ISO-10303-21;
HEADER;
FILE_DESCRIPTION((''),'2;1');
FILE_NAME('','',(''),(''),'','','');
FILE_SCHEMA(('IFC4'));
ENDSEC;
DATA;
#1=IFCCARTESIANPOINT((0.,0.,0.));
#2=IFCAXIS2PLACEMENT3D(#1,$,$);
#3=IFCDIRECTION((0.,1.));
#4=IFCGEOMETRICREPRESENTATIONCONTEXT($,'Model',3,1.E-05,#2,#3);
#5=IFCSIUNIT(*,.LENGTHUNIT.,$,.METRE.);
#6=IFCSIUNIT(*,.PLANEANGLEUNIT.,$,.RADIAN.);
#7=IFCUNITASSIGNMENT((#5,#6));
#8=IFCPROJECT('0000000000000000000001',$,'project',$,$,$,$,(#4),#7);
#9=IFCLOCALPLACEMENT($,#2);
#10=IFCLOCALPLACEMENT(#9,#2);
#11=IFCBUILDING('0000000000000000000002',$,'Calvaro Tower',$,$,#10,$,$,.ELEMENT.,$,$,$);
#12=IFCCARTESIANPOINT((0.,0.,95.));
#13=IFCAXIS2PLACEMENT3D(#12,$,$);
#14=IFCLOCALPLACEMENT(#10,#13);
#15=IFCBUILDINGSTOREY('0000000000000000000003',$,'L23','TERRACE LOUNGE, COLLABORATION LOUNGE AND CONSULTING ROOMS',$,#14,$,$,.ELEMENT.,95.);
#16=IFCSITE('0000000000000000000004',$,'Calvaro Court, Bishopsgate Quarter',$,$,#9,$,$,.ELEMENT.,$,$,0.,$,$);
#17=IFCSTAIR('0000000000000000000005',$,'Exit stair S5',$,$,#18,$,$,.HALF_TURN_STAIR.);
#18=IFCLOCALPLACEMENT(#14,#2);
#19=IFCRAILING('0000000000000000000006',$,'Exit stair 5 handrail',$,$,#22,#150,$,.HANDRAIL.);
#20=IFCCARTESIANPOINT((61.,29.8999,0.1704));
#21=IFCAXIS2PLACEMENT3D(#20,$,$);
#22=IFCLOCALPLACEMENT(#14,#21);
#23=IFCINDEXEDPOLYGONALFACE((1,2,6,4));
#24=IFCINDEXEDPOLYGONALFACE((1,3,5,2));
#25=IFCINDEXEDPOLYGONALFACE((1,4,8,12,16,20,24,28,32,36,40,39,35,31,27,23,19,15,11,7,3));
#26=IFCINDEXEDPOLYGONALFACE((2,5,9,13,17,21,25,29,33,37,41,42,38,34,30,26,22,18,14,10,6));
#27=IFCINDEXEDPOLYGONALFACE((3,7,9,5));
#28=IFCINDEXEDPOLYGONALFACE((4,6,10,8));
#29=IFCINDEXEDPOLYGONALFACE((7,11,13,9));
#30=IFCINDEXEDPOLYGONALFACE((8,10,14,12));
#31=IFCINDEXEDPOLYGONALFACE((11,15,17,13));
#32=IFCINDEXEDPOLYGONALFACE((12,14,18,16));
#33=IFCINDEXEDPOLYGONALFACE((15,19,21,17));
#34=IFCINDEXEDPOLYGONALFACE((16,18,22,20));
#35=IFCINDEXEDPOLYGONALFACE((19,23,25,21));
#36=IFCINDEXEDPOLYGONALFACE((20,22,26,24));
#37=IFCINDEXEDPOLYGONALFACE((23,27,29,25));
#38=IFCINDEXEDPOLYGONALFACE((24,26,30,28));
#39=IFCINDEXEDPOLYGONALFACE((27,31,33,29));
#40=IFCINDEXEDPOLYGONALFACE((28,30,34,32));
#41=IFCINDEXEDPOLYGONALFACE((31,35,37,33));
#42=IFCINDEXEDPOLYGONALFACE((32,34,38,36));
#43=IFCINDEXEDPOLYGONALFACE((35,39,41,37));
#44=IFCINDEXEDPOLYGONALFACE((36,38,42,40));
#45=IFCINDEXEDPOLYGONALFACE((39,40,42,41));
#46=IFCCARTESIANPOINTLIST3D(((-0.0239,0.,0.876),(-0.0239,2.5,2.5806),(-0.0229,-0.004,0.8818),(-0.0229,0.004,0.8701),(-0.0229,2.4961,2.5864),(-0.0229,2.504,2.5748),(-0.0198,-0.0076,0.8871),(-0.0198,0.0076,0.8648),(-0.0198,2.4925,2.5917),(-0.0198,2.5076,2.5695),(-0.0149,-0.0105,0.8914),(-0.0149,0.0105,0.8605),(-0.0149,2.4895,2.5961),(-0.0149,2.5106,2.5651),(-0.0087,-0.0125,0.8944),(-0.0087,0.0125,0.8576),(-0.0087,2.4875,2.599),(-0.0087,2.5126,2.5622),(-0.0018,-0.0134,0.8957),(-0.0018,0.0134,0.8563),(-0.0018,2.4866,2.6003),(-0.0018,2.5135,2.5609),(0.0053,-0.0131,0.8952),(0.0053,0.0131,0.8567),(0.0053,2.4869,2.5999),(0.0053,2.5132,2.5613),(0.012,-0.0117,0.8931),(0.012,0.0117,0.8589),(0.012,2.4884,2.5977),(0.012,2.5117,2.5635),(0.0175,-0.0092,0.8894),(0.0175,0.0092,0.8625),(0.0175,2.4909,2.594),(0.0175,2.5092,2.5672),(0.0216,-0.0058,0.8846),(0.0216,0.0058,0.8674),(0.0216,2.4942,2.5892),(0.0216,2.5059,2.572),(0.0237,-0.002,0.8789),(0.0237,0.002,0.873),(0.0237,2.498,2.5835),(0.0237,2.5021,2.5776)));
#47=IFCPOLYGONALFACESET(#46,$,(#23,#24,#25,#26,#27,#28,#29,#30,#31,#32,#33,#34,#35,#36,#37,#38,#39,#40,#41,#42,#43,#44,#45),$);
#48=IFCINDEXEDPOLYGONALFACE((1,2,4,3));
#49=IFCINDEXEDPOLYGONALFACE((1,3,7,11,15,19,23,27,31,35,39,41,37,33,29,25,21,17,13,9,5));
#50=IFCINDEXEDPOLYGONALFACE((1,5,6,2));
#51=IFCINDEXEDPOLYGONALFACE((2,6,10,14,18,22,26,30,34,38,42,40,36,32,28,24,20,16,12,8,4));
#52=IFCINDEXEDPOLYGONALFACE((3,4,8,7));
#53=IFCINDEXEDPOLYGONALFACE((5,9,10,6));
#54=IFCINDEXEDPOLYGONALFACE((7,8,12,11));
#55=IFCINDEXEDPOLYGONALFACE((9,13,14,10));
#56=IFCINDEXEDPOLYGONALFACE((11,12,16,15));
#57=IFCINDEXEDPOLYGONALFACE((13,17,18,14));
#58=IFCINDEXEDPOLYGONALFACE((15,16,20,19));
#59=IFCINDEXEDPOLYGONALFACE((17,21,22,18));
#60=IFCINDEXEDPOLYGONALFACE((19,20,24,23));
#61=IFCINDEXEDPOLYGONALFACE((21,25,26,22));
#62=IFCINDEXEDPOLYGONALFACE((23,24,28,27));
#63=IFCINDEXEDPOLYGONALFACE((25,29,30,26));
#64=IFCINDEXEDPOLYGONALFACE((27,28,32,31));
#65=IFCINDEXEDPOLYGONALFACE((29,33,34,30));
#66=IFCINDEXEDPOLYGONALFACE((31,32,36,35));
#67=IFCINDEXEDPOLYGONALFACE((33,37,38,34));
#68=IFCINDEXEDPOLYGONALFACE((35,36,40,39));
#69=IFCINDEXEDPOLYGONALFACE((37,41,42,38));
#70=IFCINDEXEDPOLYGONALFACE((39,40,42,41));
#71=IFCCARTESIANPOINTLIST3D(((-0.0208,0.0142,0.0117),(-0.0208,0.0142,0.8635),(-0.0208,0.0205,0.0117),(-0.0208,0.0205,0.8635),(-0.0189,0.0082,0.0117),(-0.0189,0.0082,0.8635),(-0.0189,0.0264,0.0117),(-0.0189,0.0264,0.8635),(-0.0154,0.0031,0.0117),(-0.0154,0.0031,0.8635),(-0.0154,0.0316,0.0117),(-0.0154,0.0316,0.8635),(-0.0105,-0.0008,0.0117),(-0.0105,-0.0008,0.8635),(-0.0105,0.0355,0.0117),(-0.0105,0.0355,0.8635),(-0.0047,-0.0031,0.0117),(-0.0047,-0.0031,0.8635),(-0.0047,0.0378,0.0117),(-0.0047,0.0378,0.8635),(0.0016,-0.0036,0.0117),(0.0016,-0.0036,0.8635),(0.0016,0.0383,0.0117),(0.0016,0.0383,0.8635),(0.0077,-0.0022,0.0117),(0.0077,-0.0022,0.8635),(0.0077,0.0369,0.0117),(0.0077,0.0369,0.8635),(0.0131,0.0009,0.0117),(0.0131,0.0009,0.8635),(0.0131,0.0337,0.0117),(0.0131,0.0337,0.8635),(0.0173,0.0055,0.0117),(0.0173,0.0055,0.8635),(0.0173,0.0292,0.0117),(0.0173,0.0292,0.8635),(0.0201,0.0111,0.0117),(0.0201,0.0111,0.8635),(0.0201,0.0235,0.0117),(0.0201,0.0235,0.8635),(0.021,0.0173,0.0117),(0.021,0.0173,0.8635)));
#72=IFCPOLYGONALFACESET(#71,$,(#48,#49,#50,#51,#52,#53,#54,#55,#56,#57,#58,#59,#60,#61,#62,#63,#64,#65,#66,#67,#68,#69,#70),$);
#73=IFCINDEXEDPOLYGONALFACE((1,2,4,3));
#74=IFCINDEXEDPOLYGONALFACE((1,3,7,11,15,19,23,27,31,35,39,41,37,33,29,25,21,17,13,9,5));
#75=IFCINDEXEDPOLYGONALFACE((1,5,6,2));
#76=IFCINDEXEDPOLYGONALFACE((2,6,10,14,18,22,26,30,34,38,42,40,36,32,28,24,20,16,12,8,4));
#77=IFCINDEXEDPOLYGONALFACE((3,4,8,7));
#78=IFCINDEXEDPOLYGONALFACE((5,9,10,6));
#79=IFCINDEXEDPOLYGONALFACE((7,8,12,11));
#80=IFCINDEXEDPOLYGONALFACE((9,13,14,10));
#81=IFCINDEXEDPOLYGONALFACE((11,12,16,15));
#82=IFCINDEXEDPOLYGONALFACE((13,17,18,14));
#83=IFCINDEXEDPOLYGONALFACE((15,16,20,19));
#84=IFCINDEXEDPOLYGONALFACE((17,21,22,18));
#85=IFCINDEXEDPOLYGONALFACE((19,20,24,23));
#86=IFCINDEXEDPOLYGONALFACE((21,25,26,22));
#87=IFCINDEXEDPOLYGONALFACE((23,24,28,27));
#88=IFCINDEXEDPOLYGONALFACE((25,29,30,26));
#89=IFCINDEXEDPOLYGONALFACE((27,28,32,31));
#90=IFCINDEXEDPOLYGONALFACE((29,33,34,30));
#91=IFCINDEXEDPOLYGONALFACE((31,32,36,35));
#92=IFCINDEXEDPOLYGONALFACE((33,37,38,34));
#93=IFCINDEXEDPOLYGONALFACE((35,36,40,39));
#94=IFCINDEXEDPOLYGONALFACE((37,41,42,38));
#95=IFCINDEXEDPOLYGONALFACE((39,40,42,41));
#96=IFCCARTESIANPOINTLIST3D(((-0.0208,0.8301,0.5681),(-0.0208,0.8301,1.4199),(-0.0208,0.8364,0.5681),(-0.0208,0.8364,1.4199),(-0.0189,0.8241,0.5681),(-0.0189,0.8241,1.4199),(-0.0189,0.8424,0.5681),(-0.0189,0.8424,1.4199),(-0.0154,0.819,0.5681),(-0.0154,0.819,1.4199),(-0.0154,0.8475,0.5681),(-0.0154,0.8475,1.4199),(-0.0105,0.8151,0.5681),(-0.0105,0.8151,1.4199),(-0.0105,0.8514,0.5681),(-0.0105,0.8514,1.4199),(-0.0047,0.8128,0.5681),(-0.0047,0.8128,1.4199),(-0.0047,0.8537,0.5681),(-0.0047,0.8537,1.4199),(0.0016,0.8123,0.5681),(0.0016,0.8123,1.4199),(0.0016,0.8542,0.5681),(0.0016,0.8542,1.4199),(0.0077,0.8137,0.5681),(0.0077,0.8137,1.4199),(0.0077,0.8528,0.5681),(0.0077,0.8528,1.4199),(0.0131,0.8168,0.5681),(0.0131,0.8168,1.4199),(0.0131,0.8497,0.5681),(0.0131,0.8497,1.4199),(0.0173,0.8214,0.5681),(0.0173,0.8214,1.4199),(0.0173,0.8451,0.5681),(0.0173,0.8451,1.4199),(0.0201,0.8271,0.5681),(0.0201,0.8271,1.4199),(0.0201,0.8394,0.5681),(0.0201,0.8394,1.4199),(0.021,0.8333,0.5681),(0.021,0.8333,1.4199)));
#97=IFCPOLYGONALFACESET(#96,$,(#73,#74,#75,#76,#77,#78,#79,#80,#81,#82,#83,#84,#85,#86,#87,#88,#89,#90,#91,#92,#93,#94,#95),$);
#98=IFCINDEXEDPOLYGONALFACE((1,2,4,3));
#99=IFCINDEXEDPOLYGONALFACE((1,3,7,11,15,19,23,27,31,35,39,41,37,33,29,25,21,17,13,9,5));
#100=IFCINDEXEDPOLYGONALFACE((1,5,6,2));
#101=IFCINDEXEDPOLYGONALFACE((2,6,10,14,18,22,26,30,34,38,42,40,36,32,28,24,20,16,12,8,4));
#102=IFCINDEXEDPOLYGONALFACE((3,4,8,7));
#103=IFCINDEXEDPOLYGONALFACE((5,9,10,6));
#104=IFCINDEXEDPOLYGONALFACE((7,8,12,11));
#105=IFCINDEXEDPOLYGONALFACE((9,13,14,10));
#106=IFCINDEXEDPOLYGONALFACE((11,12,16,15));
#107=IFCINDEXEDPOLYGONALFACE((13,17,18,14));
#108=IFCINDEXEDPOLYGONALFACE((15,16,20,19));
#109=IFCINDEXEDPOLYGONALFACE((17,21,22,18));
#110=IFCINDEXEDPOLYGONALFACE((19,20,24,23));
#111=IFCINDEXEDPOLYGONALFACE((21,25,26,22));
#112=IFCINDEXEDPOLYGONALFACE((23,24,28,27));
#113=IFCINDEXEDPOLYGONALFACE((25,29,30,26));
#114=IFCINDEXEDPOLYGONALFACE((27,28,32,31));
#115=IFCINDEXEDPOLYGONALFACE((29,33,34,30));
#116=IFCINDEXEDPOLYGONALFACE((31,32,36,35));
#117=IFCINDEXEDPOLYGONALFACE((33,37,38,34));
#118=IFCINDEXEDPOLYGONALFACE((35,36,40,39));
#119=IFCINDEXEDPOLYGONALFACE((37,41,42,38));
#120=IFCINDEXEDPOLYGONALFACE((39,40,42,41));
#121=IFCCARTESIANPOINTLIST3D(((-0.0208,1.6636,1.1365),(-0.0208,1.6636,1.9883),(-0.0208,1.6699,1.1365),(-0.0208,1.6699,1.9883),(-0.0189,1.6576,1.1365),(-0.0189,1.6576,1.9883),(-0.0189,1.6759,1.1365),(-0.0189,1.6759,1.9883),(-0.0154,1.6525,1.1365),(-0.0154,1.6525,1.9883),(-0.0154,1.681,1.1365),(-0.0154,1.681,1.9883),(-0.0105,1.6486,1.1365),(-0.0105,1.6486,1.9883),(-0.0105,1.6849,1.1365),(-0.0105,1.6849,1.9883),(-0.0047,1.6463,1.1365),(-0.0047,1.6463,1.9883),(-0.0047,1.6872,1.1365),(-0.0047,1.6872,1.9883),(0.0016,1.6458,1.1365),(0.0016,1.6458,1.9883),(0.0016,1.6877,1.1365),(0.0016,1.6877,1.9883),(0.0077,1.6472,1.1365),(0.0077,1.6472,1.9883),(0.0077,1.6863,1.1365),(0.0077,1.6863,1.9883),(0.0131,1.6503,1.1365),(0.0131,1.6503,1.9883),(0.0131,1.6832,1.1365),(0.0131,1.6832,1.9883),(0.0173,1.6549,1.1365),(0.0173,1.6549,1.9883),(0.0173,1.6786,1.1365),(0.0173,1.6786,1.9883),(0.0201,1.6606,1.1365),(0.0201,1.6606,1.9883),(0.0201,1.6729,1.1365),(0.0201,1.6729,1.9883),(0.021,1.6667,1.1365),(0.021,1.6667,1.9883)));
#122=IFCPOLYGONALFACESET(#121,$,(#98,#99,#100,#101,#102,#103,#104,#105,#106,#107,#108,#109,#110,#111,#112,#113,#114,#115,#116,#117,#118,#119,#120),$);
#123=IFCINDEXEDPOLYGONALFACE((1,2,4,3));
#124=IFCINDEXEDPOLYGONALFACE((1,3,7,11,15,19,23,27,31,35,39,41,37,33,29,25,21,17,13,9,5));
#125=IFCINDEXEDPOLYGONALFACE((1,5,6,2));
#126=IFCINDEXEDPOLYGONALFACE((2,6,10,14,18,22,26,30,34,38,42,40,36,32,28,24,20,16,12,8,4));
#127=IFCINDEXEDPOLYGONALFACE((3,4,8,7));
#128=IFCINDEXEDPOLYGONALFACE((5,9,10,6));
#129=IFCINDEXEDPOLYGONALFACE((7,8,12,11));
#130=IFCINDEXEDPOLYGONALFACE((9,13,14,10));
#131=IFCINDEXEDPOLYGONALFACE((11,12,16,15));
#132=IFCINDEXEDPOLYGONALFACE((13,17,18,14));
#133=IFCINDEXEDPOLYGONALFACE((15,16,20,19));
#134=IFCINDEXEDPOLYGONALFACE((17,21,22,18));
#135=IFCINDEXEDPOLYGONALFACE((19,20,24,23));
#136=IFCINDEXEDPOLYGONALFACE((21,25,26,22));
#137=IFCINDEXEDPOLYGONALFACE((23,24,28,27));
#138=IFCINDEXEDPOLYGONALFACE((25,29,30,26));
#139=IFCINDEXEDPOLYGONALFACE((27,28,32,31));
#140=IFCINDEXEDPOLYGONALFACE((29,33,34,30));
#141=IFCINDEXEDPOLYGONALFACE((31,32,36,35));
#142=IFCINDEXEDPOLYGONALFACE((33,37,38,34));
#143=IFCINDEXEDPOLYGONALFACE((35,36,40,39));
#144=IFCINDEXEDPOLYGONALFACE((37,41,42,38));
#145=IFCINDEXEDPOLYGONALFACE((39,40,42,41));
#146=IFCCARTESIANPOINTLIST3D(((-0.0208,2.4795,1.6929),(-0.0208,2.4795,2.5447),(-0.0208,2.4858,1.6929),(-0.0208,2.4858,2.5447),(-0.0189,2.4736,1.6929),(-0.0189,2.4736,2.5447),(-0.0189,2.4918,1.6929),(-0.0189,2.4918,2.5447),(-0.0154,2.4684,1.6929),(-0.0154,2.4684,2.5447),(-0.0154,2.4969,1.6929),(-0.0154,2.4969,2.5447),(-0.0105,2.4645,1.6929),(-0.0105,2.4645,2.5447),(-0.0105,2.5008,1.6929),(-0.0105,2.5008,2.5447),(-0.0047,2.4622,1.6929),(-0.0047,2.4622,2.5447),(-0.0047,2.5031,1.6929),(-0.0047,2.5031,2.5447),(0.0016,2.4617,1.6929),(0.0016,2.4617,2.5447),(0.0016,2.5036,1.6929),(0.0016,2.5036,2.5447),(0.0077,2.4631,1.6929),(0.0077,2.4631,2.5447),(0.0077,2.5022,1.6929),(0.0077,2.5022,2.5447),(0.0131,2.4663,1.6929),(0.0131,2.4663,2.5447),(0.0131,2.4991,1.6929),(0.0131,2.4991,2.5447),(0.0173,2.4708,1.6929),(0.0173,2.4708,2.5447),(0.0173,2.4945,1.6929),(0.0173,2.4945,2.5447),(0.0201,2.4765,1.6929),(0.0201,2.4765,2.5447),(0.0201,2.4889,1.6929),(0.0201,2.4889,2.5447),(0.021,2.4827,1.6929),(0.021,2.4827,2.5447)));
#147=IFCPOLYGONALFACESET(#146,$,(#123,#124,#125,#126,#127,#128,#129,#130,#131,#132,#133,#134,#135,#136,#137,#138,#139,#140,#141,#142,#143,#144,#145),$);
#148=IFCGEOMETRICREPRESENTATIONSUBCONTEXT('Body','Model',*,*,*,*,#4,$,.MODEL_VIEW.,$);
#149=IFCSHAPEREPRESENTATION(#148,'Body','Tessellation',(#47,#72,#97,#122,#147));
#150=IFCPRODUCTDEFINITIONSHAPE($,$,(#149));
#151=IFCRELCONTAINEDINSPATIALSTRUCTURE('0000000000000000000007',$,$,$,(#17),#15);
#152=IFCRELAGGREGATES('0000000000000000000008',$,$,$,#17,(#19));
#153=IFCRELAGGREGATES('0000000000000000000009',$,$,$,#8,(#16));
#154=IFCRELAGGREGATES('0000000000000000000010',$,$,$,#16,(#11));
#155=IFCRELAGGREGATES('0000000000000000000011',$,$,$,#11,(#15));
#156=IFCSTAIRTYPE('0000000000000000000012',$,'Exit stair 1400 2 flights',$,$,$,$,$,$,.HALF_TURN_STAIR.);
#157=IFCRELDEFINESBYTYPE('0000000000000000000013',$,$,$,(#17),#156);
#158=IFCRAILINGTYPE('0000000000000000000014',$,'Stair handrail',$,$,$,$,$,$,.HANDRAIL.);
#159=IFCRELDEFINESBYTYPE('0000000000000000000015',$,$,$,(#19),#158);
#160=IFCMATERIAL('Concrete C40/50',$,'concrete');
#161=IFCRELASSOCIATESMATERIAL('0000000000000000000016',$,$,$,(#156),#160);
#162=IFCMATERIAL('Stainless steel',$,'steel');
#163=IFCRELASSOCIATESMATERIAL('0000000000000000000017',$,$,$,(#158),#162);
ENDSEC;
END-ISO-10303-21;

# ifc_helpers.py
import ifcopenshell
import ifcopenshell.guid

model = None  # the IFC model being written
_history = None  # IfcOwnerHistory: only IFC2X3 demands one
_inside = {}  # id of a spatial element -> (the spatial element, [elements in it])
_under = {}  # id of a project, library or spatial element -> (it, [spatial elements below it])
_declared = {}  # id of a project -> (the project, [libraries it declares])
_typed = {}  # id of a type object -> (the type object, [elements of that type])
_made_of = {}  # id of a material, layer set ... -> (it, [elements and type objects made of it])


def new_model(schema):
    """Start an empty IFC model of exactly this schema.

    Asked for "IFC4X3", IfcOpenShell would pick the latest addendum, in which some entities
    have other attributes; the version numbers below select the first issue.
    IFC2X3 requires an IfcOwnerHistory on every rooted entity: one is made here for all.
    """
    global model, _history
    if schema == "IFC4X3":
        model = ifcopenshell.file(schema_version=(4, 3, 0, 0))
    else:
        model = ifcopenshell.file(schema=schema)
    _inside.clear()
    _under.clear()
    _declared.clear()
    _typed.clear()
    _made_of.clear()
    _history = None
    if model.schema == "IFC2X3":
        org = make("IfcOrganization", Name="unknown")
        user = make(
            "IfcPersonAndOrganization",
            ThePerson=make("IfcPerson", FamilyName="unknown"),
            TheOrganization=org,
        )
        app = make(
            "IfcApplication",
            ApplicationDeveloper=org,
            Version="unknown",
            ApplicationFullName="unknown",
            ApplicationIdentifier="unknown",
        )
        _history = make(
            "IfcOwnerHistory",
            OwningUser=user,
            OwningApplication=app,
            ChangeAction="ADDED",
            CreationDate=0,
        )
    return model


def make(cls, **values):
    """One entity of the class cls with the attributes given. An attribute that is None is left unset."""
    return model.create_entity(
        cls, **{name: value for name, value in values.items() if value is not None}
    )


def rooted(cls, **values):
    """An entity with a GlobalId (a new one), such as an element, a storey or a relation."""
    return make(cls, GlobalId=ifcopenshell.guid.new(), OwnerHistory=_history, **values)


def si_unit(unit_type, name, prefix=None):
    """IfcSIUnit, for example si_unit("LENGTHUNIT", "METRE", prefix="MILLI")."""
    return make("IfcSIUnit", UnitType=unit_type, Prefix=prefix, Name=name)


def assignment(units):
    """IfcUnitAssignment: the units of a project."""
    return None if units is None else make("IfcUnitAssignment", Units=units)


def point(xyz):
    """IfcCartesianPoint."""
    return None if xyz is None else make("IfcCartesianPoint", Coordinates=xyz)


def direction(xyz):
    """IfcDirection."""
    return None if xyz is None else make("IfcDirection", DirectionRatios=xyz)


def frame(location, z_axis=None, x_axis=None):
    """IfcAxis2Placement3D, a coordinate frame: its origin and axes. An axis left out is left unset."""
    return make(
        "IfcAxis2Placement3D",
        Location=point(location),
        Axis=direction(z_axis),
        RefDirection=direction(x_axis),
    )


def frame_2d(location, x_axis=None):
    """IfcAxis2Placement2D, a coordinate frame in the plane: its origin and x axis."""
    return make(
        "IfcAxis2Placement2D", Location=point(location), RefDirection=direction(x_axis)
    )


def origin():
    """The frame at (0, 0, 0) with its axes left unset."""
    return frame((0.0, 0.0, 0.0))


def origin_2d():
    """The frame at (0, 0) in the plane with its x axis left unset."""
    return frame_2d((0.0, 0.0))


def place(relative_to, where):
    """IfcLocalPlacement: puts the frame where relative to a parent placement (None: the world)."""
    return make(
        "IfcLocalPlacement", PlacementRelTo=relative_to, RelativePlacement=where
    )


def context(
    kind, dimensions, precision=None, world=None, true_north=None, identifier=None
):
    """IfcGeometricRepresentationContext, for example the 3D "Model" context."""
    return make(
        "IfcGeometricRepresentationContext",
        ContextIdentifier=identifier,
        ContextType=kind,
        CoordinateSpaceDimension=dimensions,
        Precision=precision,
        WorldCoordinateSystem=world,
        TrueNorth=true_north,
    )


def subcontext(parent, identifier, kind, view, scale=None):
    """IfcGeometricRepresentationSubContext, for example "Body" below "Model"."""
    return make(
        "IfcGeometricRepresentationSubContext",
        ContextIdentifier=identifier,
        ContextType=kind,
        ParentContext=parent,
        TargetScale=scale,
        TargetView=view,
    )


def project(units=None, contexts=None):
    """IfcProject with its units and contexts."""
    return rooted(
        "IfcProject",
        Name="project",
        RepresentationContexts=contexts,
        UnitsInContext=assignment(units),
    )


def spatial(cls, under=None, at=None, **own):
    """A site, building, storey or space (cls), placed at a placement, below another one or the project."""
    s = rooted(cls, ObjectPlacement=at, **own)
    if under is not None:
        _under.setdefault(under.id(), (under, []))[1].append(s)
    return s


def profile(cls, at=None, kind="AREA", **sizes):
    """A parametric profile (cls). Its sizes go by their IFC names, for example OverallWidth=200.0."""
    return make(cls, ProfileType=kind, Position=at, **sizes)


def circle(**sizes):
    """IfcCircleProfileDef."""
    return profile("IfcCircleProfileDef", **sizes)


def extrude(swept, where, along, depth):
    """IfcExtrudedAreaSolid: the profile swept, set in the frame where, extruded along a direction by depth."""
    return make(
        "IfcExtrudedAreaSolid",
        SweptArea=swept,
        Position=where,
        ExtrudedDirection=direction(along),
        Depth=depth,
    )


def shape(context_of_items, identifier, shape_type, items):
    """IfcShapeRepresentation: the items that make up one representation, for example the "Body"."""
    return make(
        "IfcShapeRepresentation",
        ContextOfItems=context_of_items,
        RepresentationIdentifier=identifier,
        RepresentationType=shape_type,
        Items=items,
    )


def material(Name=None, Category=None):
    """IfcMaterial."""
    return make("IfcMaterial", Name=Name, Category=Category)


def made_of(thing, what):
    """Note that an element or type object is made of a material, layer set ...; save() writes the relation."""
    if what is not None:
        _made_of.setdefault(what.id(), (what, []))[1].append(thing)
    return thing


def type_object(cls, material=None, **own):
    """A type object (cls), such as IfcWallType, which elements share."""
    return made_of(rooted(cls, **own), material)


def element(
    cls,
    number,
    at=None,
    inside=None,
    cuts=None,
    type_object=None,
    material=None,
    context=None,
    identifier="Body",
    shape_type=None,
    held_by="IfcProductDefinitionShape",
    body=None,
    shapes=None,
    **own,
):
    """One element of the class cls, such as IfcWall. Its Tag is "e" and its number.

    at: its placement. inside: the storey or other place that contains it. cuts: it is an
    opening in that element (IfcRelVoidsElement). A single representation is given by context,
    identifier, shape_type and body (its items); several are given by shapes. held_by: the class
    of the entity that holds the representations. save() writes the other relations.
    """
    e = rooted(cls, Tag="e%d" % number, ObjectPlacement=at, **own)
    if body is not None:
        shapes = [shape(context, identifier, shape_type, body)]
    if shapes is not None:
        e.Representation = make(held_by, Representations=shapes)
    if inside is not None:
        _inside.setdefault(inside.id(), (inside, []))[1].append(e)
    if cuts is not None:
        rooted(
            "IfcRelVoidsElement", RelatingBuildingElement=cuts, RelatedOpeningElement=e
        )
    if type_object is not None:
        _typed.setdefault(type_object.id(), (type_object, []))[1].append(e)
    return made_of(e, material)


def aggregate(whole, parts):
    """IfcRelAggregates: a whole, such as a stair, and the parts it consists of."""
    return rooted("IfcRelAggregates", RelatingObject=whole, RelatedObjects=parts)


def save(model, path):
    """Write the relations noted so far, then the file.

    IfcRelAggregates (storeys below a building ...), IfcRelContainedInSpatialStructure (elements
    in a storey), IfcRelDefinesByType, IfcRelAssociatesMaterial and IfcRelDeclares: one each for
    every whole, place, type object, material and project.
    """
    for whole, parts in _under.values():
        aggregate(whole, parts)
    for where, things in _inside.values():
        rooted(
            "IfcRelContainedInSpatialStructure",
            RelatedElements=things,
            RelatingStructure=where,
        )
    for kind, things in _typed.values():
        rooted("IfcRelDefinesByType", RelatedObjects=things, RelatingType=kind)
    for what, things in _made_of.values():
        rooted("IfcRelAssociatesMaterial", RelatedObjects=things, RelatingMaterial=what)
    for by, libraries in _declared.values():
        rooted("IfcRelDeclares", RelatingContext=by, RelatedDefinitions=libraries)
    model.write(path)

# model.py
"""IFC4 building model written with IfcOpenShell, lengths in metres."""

from ifc_helpers import new_model, si_unit, direction, frame, origin, origin_2d, place, context, subcontext, project, spatial, circle, extrude, material, type_object, element, aggregate, save


model = new_model("IFC4")

# Units and contexts
model_context = context("Model", 3, precision=1e-05, world=origin(), true_north=direction((0.0, 1.0)))
body_context = subcontext(model_context, "Body", "Model", "MODEL_VIEW")
ifc_project = project(units=[si_unit("LENGTHUNIT", "METRE"), si_unit("PLANEANGLEUNIT", "RADIAN")], contexts=[model_context])

# Site, building, storey
site_placement = place(None, origin())
site = spatial("IfcSite", under=ifc_project, at=site_placement, Name="Calvaro Court, Bishopsgate Quarter", CompositionType="ELEMENT", RefElevation=0.0)
building_placement = place(site_placement, origin())
building = spatial("IfcBuilding", under=site, at=building_placement, Name="Calvaro Tower", CompositionType="ELEMENT")
storey_placement = place(building_placement, frame((0.0, 0.0, 95.0)))
storey = spatial("IfcBuildingStorey", under=building, at=storey_placement, Name="L23", Description="TERRACE LOUNGE, COLLABORATION LOUNGE AND CONSULTING ROOMS", CompositionType="ELEMENT", Elevation=95.0)

# Stair, railing
ifc_material_1 = material(Name="Concrete C40/50", Category="concrete")
stair_type = type_object("IfcStairType", Name="Exit stair 1400 2 flights", PredefinedType="HALF_TURN_STAIR", material=ifc_material_1)
stair_placement = place(storey_placement, origin())
stair = element("IfcStair", 1, at=stair_placement, inside=storey, type_object=stair_type, Name="Exit stair S5", PredefinedType="HALF_TURN_STAIR")
ifc_material_2 = material(Name="Stainless steel", Category="steel")
railing_type = type_object("IfcRailingType", Name="Stair handrail", PredefinedType="HANDRAIL", material=ifc_material_2)
railing_1_placement = place(storey_placement, frame((61.0, 29.8999, 0.1704)))
railing_1 = element("IfcRailing", 2, at=railing_1_placement, type_object=railing_type, Name="Exit stair 5 handrail", PredefinedType="HANDRAIL", context=body_context, shape_type="SweptSolid", body=[
    extrude(circle(Radius=0.0239, at=origin_2d()), frame((0.0, 0.0, 0.876), z_axis=(0.0, 0.826221, 0.563347), x_axis=(-1.0, 0.0, 0.0)), (0.0, 0.0, 1.0), 3.0259),
    extrude(circle(Radius=0.021, at=origin_2d()), frame((0.0, 0.0173, 0.0117)), (0.0, 0.0, 1.0), 0.8518),
    extrude(circle(Radius=0.021, at=origin_2d()), frame((0.0, 0.8333, 0.5681)), (0.0, 0.0, 1.0), 0.8518),
    extrude(circle(Radius=0.021, at=origin_2d()), frame((0.0, 1.6667, 1.1365)), (0.0, 0.0, 1.0), 0.8518),
    extrude(circle(Radius=0.021, at=origin_2d()), frame((0.0, 2.4827, 1.6929)), (0.0, 0.0, 1.0), 0.8518),
])
aggregate(stair, [railing_1])

save(model, "model.ifc")
